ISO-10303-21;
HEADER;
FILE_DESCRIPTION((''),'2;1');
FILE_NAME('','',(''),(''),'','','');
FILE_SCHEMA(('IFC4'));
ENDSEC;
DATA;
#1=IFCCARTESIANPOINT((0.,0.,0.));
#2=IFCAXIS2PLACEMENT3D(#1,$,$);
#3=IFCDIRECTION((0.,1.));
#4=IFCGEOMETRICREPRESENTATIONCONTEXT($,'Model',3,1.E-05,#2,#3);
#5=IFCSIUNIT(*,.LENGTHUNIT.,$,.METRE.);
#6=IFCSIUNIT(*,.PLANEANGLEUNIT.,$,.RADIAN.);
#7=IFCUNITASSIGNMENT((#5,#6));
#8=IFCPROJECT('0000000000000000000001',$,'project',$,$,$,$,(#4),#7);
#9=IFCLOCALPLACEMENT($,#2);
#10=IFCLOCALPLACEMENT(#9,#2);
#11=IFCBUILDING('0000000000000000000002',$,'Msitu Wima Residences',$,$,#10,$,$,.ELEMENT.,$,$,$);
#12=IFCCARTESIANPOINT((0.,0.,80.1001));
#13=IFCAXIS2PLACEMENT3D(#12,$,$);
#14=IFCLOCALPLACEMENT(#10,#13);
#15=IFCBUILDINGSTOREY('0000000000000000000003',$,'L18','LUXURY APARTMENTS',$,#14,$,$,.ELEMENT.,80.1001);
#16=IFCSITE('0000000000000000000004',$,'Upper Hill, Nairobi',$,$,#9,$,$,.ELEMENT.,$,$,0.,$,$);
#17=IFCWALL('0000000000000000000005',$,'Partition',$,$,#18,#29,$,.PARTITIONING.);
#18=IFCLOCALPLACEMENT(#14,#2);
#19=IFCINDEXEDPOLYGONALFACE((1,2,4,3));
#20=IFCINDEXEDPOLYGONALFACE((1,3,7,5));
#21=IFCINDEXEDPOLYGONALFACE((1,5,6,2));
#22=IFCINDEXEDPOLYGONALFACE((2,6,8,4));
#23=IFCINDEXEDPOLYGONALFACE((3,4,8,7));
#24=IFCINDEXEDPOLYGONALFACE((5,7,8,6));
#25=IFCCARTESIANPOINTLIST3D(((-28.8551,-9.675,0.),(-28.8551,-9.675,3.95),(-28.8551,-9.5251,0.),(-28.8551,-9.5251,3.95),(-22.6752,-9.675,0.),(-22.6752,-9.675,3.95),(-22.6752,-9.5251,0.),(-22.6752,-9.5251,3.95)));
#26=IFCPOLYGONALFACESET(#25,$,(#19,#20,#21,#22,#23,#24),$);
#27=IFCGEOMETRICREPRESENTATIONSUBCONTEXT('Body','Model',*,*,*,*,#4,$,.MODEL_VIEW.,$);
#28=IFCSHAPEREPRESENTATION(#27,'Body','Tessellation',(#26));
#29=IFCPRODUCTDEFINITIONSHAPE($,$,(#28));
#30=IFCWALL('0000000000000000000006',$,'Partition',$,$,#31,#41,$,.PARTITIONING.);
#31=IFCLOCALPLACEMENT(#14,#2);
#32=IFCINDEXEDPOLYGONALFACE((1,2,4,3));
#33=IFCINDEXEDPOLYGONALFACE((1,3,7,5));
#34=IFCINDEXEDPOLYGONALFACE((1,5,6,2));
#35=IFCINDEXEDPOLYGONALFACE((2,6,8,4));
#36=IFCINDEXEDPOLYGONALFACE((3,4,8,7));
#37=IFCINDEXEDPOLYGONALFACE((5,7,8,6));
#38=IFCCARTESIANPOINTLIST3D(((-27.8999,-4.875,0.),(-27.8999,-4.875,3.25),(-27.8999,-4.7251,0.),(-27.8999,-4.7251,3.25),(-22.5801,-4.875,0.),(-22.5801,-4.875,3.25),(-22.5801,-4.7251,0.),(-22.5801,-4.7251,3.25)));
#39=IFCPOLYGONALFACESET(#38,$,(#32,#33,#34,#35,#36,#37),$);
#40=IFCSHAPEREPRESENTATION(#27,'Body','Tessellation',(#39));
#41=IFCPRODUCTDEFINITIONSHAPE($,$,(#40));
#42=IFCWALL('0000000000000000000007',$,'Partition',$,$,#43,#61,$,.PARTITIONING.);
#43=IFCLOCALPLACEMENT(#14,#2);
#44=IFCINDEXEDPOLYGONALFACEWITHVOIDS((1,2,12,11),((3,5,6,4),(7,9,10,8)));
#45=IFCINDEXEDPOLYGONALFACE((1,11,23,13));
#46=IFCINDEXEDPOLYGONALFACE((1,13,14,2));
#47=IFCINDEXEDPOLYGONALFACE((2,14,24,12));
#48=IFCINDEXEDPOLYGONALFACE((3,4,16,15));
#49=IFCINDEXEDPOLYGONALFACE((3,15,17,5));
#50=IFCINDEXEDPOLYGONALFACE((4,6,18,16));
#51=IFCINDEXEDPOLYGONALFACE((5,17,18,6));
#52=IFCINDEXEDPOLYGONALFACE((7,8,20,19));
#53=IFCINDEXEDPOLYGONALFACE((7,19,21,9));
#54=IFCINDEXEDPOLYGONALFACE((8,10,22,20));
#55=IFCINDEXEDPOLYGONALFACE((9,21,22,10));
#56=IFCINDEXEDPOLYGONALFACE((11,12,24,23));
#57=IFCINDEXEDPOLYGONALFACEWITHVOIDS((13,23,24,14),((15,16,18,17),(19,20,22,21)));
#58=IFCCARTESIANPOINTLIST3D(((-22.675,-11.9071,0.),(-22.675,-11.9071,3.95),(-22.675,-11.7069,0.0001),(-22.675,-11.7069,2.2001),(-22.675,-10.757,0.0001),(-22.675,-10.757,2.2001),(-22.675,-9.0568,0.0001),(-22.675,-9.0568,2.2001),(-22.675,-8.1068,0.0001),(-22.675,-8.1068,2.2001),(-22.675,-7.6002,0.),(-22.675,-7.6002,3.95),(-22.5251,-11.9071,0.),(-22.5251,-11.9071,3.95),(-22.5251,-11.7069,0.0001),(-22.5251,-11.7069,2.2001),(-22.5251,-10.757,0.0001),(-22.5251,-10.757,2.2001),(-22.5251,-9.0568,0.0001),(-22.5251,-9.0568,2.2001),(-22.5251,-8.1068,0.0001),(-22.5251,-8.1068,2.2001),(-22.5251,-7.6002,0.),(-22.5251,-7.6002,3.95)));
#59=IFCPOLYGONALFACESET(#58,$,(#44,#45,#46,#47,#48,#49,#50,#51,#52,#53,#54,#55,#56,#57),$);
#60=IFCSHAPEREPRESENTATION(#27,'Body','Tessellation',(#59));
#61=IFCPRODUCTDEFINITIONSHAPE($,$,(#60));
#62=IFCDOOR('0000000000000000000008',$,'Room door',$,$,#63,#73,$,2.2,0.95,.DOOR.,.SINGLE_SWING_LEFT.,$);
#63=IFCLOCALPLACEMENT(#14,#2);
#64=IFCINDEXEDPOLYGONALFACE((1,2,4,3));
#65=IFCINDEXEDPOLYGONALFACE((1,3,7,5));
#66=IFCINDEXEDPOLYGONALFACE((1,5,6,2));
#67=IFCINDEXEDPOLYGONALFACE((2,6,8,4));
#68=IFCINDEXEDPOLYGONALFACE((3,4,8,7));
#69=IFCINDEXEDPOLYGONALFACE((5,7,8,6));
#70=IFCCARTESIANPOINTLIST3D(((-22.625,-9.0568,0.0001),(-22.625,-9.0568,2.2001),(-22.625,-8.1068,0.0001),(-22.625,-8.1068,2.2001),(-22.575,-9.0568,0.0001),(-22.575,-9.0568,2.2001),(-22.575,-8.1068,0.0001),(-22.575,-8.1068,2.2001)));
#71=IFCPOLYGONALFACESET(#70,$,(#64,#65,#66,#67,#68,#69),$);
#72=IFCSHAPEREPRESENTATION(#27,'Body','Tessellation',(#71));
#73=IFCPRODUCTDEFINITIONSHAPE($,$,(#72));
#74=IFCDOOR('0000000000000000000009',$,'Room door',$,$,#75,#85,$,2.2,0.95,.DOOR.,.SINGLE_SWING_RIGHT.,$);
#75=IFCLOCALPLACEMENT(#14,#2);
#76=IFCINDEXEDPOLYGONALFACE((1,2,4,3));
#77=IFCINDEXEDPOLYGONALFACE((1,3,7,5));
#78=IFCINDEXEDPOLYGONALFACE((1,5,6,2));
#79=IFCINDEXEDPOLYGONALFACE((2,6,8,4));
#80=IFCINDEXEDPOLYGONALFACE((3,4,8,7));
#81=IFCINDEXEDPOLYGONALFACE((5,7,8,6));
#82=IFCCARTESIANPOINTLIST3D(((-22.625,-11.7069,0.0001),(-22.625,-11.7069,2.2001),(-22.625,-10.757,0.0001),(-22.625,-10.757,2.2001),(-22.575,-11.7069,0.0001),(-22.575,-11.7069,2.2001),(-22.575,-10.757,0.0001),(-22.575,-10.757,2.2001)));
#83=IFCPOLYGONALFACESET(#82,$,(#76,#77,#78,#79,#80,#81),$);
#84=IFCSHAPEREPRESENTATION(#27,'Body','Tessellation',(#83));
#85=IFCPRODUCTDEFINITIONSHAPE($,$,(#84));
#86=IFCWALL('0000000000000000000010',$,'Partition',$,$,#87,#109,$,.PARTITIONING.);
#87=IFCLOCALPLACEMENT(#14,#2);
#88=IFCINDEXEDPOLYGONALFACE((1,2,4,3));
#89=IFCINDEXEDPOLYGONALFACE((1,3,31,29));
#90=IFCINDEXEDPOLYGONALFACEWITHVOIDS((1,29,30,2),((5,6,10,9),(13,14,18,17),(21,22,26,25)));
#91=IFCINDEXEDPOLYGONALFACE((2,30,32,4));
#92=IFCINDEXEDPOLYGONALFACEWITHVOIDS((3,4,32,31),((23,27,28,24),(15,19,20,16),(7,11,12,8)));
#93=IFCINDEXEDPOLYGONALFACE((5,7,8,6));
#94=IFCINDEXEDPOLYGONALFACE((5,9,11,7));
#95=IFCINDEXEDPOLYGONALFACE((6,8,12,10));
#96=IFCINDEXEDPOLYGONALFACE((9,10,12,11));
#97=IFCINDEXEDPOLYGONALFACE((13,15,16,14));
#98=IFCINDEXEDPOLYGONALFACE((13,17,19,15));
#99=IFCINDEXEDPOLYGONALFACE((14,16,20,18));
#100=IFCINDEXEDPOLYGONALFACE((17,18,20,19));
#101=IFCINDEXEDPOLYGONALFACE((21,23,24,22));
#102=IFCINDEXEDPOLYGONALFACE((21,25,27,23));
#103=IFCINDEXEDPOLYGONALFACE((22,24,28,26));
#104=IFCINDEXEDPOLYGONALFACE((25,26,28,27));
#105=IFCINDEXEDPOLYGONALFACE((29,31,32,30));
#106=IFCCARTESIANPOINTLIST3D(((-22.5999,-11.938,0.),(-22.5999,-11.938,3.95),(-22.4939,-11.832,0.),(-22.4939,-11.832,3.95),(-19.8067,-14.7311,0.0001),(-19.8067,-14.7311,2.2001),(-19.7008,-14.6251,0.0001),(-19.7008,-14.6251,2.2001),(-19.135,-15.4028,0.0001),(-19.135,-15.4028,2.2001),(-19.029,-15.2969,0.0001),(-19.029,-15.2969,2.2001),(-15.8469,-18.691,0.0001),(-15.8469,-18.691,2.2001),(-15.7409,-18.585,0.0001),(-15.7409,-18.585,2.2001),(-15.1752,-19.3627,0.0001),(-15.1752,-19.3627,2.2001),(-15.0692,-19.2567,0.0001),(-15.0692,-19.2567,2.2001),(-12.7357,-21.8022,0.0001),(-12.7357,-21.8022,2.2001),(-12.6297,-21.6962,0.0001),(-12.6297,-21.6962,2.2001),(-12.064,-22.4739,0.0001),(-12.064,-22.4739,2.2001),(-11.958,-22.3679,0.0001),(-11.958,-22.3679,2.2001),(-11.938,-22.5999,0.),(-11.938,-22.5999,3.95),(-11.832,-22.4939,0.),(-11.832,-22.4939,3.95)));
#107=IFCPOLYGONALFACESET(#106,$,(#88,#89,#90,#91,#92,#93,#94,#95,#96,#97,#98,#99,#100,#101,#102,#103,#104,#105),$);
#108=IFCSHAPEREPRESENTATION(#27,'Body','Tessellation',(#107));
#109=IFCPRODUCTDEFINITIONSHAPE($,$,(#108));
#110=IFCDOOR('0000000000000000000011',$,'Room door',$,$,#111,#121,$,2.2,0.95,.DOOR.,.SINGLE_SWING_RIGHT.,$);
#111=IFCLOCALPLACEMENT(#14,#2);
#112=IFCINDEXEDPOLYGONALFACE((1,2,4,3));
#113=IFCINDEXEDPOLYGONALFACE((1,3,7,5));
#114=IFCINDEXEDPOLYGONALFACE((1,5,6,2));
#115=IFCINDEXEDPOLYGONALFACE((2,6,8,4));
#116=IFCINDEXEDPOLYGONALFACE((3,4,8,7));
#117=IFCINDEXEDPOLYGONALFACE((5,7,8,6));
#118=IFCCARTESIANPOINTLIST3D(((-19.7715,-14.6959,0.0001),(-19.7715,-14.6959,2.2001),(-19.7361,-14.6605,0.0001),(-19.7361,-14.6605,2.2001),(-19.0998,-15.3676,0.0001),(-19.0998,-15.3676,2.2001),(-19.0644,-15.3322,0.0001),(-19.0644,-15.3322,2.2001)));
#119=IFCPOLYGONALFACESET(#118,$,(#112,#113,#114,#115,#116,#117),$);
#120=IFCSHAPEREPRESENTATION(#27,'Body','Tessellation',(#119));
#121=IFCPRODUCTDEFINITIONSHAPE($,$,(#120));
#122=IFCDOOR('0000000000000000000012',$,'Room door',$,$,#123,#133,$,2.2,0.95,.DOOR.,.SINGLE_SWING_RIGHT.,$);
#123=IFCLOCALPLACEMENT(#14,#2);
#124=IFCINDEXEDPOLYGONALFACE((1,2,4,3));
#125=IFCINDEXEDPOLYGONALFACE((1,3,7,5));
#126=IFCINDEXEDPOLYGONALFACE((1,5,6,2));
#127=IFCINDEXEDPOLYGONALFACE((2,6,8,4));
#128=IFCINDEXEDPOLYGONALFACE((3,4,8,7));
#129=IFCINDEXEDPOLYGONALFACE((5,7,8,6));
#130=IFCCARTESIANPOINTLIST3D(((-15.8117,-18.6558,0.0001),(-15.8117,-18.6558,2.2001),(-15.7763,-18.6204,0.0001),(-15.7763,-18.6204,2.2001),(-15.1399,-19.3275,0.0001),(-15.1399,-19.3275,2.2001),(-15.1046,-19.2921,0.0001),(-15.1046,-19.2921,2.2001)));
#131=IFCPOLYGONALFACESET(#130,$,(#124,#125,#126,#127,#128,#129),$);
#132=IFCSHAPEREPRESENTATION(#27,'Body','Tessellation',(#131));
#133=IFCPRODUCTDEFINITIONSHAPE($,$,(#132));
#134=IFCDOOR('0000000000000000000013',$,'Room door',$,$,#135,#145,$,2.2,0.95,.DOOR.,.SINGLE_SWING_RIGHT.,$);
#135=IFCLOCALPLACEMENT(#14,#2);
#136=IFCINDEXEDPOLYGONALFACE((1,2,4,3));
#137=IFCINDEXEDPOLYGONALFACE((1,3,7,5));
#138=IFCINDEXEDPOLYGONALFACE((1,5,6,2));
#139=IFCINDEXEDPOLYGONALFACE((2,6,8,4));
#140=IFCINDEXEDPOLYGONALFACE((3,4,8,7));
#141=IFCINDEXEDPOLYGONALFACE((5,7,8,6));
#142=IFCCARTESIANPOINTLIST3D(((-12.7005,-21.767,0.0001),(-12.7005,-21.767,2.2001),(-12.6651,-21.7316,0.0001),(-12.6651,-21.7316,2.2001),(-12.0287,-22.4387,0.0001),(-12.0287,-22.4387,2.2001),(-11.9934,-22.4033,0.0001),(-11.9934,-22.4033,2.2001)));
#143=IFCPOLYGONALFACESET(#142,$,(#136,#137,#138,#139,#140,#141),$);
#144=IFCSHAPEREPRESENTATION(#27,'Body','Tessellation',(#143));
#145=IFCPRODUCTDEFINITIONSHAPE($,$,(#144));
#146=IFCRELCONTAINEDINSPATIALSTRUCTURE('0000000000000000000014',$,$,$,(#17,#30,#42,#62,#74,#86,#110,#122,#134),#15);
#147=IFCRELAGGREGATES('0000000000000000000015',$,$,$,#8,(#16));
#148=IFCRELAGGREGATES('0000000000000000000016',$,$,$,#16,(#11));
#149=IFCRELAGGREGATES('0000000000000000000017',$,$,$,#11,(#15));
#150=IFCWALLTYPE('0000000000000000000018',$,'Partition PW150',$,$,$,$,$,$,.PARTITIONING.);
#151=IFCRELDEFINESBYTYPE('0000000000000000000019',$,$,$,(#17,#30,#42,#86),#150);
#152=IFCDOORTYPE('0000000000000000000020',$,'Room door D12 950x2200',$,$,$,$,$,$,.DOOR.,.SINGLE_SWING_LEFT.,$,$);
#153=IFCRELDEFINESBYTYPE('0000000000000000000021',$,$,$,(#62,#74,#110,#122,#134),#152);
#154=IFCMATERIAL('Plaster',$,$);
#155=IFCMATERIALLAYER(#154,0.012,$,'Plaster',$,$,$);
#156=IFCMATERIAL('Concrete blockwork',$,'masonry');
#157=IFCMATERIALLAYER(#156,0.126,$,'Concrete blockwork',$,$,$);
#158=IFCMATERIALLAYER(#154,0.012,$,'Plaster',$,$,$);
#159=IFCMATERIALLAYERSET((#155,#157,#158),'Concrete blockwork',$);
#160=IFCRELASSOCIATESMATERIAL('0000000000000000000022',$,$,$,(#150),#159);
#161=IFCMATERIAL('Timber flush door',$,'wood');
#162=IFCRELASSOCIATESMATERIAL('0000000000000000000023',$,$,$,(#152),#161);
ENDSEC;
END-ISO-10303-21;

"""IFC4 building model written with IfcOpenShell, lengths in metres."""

from ifc_helpers import new_model, si_unit, direction, frame, frame_2d, origin, place, context, subcontext, project, spatial, rectangle, extrude, material, layer, layer_set, type_object, element, fill, save


model = new_model("IFC4")

# Units and contexts
model_context = context("Model", 3, precision=1e-05, world=origin(), true_north=direction((0.0, 1.0)))
body_context = subcontext(model_context, "Body", "Model", "MODEL_VIEW")
ifc_project = project(units=[si_unit("LENGTHUNIT", "METRE"), si_unit("PLANEANGLEUNIT", "RADIAN")], contexts=[model_context])

# Site, building, storey
site_placement = place(None, origin())
site = spatial("IfcSite", under=ifc_project, at=site_placement, Name="Upper Hill, Nairobi", CompositionType="ELEMENT", RefElevation=0.0)
building_placement = place(site_placement, origin())
building = spatial("IfcBuilding", under=site, at=building_placement, Name="Msitu Wima Residences", CompositionType="ELEMENT")
storey_placement = place(building_placement, frame((0.0, 0.0, 80.1001)))
storey = spatial("IfcBuildingStorey", under=building, at=storey_placement, Name="L18", Description="LUXURY APARTMENTS", CompositionType="ELEMENT", Elevation=80.1001)

# Walls
ifc_material_1 = material(Name="Plaster")
ifc_layer_1 = layer(ifc_material_1, 0.012, Name="Plaster")
ifc_material_2 = material(Name="Concrete blockwork", Category="masonry")
ifc_layer_2 = layer(ifc_material_2, 0.126, Name="Concrete blockwork")
ifc_layer_3 = layer(ifc_material_1, 0.012, Name="Plaster")
ifc_layer_set_1 = layer_set([ifc_layer_1, ifc_layer_2, ifc_layer_3], Name="Concrete blockwork")
wall_type_1 = type_object("IfcWallType", Name="Partition PW150", PredefinedType="PARTITIONING", material=ifc_layer_set_1)
wall_1_placement = place(storey_placement, frame((-28.855, -9.6001, 0.0), z_axis=(0.0, 0.0, 1.0), x_axis=(1.0, 0.0, 0.0)))
element("IfcWall", 1, at=wall_1_placement, inside=storey, type_object=wall_type_1, Name="Partition", PredefinedType="PARTITIONING", context=body_context, shape_type="SweptSolid", body=[
    extrude(rectangle(XDim=6.1799, YDim=0.1499, at=frame_2d((3.0898, 0.0))), origin(), (0.0, 0.0, 1.0), 3.95),
])
wall_2_placement = place(storey_placement, frame((-27.8999, -4.8, 0.0), z_axis=(0.0, 0.0, 1.0), x_axis=(1.0, 0.0, 0.0)))
element("IfcWall", 2, at=wall_2_placement, inside=storey, type_object=wall_type_1, Name="Partition", PredefinedType="PARTITIONING", context=body_context, shape_type="SweptSolid", body=[
    extrude(rectangle(XDim=5.3198, YDim=0.1499, at=frame_2d((2.6599, 0.0))), origin(), (0.0, 0.0, 1.0), 3.25),
])

# Walls, openings, doors
wall_3_placement = place(storey_placement, frame((-22.6001, -11.907, 0.0), z_axis=(0.0, 0.0, 1.0), x_axis=(0.0, 1.0, 0.0)))
wall_3 = element("IfcWall", 3, at=wall_3_placement, inside=storey, type_object=wall_type_1, Name="Partition", PredefinedType="PARTITIONING", context=body_context, shape_type="SweptSolid", body=[
    extrude(rectangle(XDim=4.3069, YDim=0.1499, at=frame_2d((2.1533, 0.0))), origin(), (0.0, 0.0, 1.0), 3.95),
])
opening_1_placement = place(wall_3_placement, frame((2.8501, 0.0, 0.0)))
opening_1 = element("IfcOpeningElement", 4, at=opening_1_placement, cuts=wall_3, PredefinedType="OPENING", context=body_context, shape_type="SweptSolid", body=[
    extrude(rectangle(XDim=0.95, YDim=2.2, at=frame_2d((0.4751, 1.1001))), frame((0.0, 0.085, 0.0), z_axis=(0.0, -1.0, 0.0), x_axis=(1.0, 0.0, 0.0)), (0.0, 0.0, 1.0), 0.1699),
])
opening_2_placement = place(wall_3_placement, frame((0.2, 0.0, 0.0)))
opening_2 = element("IfcOpeningElement", 5, at=opening_2_placement, cuts=wall_3, PredefinedType="OPENING", context=body_context, shape_type="SweptSolid", body=[
    extrude(rectangle(XDim=0.95, YDim=2.2, at=frame_2d((0.4751, 1.1001))), frame((0.0, 0.085, 0.0), z_axis=(0.0, -1.0, 0.0), x_axis=(1.0, 0.0, 0.0)), (0.0, 0.0, 1.0), 0.1699),
])
ifc_material_3 = material(Name="Timber flush door", Category="wood")
door_type_1 = type_object("IfcDoorType", Name="Room door D12 950x2200", OperationType="SINGLE_SWING_LEFT", PredefinedType="DOOR", material=ifc_material_3)
door_1_placement = place(opening_1_placement, origin())
door_1 = element("IfcDoor", 6, at=door_1_placement, inside=storey, type_object=door_type_1, Name="Room door", OperationType="SINGLE_SWING_LEFT", OverallHeight=2.2, OverallWidth=0.95, PredefinedType="DOOR", context=body_context, shape_type="SweptSolid", body=[
    extrude(rectangle(XDim=0.95, YDim=2.2, at=frame_2d((0.4751, 1.1001))), frame((0.0, 0.0249, 0.0), z_axis=(0.0, -1.0, 0.0), x_axis=(1.0, 0.0, 0.0)), (0.0, 0.0, 1.0), 0.05),
])
fill(opening_1, door_1)
door_2_placement = place(opening_2_placement, origin())
door_2 = element("IfcDoor", 7, at=door_2_placement, inside=storey, type_object=door_type_1, Name="Room door", OperationType="SINGLE_SWING_RIGHT", OverallHeight=2.2, OverallWidth=0.95, PredefinedType="DOOR", context=body_context, shape_type="SweptSolid", body=[
    extrude(rectangle(XDim=0.95, YDim=2.2, at=frame_2d((0.4751, 1.1001))), frame((0.0, 0.0249, 0.0), z_axis=(0.0, -1.0, 0.0), x_axis=(1.0, 0.0, 0.0)), (0.0, 0.0, 1.0), 0.05),
])
fill(opening_2, door_2)
wall_4_placement = place(storey_placement, frame((-22.5469, -11.885, 0.0), z_axis=(0.0, 0.0, 1.0), x_axis=(0.707107, -0.707107, 0.0)))
wall_4 = element("IfcWall", 8, at=wall_4_placement, inside=storey, type_object=wall_type_1, Name="Partition", PredefinedType="PARTITIONING", context=body_context, shape_type="SweptSolid", body=[
    extrude(rectangle(XDim=15.0781, YDim=0.1499, at=frame_2d((7.5391, 0.0))), origin(), (0.0, 0.0, 1.0), 3.95),
])
opening_3_placement = place(wall_4_placement, frame((3.95, 0.0, 0.0)))
opening_3 = element("IfcOpeningElement", 9, at=opening_3_placement, cuts=wall_4, PredefinedType="OPENING", context=body_context, shape_type="SweptSolid", body=[
    extrude(rectangle(XDim=0.95, YDim=2.2, at=frame_2d((0.4751, 1.1001))), frame((0.0, 0.085, 0.0), z_axis=(0.0, -1.0, 0.0), x_axis=(1.0, 0.0, 0.0)), (0.0, 0.0, 1.0), 0.1699),
])
opening_4_placement = place(wall_4_placement, frame((9.55, 0.0, 0.0)))
opening_4 = element("IfcOpeningElement", 10, at=opening_4_placement, cuts=wall_4, PredefinedType="OPENING", context=body_context, shape_type="SweptSolid", body=[
    extrude(rectangle(XDim=0.95, YDim=2.2, at=frame_2d((0.4751, 1.1001))), frame((0.0, 0.085, 0.0), z_axis=(0.0, -1.0, 0.0), x_axis=(1.0, 0.0, 0.0)), (0.0, 0.0, 1.0), 0.1699),
])
opening_5_placement = place(wall_4_placement, frame((13.95, 0.0, 0.0)))
opening_5 = element("IfcOpeningElement", 11, at=opening_5_placement, cuts=wall_4, PredefinedType="OPENING", context=body_context, shape_type="SweptSolid", body=[
    extrude(rectangle(XDim=0.95, YDim=2.2, at=frame_2d((0.4751, 1.1001))), frame((0.0, 0.085, 0.0), z_axis=(0.0, -1.0, 0.0), x_axis=(1.0, 0.0, 0.0)), (0.0, 0.0, 1.0), 0.1699),
])
door_3_placement = place(opening_3_placement, origin())
door_3 = element("IfcDoor", 12, at=door_3_placement, inside=storey, type_object=door_type_1, Name="Room door", OperationType="SINGLE_SWING_RIGHT", OverallHeight=2.2, OverallWidth=0.95, PredefinedType="DOOR", context=body_context, shape_type="SweptSolid", body=[
    extrude(rectangle(XDim=0.95, YDim=2.2, at=frame_2d((0.4751, 1.1001))), frame((0.0, 0.0249, 0.0), z_axis=(0.0, -1.0, 0.0), x_axis=(1.0, 0.0, 0.0)), (0.0, 0.0, 1.0), 0.05),
])
fill(opening_3, door_3)
door_4_placement = place(opening_4_placement, origin())
door_4 = element("IfcDoor", 13, at=door_4_placement, inside=storey, type_object=door_type_1, Name="Room door", OperationType="SINGLE_SWING_RIGHT", OverallHeight=2.2, OverallWidth=0.95, PredefinedType="DOOR", context=body_context, shape_type="SweptSolid", body=[
    extrude(rectangle(XDim=0.95, YDim=2.2, at=frame_2d((0.4751, 1.1001))), frame((0.0, 0.0249, 0.0), z_axis=(0.0, -1.0, 0.0), x_axis=(1.0, 0.0, 0.0)), (0.0, 0.0, 1.0), 0.05),
])
fill(opening_4, door_4)
door_5_placement = place(opening_5_placement, origin())
door_5 = element("IfcDoor", 14, at=door_5_placement, inside=storey, type_object=door_type_1, Name="Room door", OperationType="SINGLE_SWING_RIGHT", OverallHeight=2.2, OverallWidth=0.95, PredefinedType="DOOR", context=body_context, shape_type="SweptSolid", body=[
    extrude(rectangle(XDim=0.95, YDim=2.2, at=frame_2d((0.4751, 1.1001))), frame((0.0, 0.0249, 0.0), z_axis=(0.0, -1.0, 0.0), x_axis=(1.0, 0.0, 0.0)), (0.0, 0.0, 1.0), 0.05),
])
fill(opening_5, door_5)

save(model, "model.ifc")
